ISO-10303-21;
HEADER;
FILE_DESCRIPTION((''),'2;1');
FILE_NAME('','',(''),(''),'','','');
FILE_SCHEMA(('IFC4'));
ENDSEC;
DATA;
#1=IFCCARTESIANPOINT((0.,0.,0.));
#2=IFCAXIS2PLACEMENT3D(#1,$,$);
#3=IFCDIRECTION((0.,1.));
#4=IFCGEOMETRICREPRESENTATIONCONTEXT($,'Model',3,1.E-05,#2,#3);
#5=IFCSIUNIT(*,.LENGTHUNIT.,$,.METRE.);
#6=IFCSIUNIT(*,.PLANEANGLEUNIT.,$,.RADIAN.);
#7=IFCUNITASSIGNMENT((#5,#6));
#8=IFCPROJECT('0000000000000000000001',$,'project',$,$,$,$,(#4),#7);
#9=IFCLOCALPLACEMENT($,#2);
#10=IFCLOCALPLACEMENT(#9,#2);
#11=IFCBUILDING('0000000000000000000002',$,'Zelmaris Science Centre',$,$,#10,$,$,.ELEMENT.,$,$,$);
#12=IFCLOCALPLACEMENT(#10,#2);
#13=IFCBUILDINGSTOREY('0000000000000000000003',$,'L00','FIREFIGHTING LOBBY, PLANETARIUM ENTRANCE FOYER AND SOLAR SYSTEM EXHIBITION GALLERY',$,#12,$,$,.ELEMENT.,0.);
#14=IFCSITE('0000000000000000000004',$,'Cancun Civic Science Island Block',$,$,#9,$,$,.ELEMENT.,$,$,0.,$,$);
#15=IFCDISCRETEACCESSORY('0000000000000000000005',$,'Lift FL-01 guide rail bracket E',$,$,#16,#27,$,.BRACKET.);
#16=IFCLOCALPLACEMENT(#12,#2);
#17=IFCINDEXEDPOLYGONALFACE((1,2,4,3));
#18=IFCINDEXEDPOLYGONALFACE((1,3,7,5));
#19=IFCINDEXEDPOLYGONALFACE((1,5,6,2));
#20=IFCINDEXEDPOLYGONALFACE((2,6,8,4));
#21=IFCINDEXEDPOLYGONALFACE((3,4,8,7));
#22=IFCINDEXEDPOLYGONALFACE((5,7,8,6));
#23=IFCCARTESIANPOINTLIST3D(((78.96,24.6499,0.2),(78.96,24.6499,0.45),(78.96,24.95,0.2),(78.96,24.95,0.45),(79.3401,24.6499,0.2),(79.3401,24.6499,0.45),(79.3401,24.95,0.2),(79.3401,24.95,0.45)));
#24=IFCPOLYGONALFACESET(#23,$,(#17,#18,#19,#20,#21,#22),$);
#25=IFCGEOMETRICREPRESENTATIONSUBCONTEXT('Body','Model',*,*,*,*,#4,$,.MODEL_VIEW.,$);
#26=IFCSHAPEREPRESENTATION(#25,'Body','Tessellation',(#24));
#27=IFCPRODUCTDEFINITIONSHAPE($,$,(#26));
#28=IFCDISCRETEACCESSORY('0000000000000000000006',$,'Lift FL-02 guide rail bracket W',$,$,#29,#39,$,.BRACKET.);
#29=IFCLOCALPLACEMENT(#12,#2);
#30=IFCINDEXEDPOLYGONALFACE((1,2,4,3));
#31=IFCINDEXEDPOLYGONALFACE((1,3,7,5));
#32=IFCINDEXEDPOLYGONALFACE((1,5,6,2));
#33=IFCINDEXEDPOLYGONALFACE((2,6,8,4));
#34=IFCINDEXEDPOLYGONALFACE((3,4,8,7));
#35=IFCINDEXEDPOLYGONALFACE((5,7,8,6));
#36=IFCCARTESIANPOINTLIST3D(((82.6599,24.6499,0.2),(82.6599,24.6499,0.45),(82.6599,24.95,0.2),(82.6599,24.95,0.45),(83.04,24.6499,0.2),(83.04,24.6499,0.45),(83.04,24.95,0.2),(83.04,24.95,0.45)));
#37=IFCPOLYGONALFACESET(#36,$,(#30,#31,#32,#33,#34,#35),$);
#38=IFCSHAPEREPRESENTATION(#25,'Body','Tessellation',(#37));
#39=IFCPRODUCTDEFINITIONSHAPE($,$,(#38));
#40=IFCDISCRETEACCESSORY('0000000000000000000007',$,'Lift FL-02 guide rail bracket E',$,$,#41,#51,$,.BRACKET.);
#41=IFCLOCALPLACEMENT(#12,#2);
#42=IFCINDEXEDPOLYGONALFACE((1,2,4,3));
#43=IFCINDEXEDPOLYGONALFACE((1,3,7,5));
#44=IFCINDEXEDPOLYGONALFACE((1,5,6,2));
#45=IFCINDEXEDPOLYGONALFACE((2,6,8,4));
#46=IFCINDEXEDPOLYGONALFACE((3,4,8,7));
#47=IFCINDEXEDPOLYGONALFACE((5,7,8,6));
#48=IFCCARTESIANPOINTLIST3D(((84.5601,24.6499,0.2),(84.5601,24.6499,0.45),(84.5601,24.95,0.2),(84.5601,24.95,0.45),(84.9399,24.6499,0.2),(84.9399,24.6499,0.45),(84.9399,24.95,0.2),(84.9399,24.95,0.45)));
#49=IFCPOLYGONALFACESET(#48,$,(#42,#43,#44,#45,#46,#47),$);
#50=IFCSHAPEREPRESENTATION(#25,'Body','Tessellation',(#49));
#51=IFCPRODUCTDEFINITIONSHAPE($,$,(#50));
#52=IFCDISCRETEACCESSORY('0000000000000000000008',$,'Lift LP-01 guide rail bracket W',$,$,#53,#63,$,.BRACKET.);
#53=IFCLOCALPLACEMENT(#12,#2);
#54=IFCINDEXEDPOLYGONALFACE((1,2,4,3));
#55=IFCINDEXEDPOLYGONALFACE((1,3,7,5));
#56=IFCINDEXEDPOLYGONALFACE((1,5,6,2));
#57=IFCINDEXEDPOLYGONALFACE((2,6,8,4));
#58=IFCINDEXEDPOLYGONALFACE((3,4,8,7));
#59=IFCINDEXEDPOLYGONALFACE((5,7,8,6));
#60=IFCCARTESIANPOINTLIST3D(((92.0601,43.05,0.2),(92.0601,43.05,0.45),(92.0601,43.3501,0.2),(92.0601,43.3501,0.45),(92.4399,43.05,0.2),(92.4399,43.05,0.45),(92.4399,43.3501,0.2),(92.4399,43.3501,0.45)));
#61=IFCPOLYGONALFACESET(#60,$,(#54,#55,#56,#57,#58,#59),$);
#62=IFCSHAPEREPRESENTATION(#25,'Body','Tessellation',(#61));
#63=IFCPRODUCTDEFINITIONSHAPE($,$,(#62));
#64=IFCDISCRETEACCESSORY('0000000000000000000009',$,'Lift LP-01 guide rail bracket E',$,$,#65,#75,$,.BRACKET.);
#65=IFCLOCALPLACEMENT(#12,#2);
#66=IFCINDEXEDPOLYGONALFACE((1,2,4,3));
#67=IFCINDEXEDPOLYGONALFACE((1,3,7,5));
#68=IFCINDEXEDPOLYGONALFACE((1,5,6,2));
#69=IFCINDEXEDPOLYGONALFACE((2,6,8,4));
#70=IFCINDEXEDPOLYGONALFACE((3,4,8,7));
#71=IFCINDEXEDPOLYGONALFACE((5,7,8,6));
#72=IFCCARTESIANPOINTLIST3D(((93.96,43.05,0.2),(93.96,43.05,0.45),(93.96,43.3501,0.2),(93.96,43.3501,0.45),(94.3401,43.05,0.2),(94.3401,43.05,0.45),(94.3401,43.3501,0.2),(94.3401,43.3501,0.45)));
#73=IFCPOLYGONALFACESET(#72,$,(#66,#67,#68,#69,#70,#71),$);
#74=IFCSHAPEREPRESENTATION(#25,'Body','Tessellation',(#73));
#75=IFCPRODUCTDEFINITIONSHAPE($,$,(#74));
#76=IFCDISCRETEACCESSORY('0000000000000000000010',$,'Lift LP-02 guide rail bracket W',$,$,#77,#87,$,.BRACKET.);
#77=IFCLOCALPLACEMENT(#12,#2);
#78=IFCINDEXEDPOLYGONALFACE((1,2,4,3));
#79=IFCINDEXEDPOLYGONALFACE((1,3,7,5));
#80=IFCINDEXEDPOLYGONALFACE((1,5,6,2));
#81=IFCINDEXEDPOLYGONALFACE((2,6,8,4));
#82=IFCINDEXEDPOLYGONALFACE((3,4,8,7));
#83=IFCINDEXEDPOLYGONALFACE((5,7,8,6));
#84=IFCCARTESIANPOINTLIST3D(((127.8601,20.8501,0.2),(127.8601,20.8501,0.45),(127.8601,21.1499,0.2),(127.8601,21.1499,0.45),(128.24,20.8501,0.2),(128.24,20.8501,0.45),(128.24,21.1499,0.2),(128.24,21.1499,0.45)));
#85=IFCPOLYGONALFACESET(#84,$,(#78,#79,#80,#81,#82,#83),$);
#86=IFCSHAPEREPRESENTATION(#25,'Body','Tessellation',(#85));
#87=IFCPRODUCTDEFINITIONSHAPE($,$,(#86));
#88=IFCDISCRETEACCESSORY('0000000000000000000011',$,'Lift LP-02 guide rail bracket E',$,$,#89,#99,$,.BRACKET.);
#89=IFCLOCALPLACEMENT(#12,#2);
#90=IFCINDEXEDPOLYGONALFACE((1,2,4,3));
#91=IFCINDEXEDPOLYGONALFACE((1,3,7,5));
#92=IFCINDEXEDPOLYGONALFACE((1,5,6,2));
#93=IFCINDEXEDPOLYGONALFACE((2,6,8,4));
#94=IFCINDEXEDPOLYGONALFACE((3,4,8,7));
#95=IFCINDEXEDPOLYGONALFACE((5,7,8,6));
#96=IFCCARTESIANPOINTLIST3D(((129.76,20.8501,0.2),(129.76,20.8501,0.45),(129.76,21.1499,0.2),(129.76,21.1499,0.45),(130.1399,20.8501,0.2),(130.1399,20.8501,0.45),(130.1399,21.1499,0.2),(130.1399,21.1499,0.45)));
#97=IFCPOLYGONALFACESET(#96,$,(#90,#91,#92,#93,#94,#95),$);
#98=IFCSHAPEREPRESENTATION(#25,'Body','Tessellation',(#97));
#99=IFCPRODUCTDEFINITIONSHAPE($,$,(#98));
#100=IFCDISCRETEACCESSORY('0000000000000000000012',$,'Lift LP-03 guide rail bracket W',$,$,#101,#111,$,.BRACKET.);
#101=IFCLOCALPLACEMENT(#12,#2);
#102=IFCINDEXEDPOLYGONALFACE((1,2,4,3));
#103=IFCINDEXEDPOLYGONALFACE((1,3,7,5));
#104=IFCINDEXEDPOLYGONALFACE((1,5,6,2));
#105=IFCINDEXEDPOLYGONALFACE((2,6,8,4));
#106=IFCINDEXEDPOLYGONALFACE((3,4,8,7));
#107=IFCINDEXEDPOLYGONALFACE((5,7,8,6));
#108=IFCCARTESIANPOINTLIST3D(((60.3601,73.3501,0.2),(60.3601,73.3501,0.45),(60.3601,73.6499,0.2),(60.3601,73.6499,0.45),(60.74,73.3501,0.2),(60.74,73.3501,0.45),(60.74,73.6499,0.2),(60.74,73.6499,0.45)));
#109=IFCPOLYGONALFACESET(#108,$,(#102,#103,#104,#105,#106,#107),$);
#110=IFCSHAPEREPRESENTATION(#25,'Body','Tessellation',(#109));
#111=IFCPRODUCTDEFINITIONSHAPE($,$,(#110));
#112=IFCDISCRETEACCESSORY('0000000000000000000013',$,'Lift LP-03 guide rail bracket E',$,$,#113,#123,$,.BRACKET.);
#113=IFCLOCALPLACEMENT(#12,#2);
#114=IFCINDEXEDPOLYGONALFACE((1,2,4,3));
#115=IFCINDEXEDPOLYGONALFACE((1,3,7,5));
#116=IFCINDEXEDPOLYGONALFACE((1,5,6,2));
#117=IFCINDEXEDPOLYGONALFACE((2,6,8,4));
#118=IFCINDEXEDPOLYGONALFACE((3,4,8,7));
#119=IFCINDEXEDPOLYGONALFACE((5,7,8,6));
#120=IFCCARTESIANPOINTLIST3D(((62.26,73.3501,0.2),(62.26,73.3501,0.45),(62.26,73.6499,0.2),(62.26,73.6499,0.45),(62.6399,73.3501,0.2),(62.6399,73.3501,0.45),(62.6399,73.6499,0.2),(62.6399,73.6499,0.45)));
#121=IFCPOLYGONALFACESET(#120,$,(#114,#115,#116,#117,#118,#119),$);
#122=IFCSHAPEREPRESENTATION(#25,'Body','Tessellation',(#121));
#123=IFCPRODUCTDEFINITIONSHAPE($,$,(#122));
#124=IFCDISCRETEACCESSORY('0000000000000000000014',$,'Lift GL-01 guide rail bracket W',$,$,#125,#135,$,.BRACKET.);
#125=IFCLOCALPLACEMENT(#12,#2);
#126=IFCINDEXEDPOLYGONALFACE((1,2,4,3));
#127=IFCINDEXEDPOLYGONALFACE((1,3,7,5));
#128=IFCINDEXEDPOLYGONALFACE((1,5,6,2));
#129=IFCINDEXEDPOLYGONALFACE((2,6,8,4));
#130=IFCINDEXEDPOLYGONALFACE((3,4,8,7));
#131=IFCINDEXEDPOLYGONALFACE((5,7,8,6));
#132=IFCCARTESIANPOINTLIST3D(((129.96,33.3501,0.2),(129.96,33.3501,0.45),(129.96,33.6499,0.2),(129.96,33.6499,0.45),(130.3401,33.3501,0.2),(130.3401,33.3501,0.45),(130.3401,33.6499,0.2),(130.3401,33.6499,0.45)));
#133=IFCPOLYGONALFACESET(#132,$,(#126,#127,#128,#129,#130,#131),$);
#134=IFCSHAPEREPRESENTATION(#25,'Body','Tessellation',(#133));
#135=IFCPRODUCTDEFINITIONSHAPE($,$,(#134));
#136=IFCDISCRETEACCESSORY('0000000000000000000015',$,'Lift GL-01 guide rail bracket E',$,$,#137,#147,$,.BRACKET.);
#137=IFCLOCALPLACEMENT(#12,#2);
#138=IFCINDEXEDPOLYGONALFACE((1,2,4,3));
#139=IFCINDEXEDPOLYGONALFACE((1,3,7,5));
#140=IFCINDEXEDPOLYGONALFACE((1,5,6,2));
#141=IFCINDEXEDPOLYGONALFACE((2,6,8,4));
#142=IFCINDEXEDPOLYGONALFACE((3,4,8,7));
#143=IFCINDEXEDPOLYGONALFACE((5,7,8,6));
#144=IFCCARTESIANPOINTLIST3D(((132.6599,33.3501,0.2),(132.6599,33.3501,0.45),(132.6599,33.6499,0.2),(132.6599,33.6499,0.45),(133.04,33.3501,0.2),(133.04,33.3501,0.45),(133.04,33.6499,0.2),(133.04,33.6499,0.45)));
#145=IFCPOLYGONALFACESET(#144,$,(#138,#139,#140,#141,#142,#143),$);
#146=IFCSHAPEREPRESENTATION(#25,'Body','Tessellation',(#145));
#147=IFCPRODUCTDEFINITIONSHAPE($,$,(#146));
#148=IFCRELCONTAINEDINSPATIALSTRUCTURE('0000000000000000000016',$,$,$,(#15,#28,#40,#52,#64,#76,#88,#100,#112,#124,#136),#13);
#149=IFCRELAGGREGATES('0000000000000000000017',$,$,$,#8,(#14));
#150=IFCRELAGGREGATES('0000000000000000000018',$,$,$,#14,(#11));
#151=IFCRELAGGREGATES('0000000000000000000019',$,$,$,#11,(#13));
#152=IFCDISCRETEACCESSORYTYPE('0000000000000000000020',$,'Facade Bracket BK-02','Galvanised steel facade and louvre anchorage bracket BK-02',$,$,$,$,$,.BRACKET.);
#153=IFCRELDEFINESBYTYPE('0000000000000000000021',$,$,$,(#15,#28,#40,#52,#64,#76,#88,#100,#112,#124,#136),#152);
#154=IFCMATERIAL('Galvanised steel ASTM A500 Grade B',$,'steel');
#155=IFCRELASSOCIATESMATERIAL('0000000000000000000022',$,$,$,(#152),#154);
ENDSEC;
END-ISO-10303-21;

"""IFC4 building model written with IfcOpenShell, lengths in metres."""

from ifc_helpers import new_model, si_unit, direction, frame, origin, place, context, subcontext, project, spatial, polyline, outline, extrude, material, type_object, element, save


model = new_model("IFC4")

# Units and contexts
model_context = context("Model", 3, precision=1e-05, world=origin(), true_north=direction((0.0, 1.0)))
body_context = subcontext(model_context, "Body", "Model", "MODEL_VIEW")
ifc_project = project(units=[si_unit("LENGTHUNIT", "METRE"), si_unit("PLANEANGLEUNIT", "RADIAN")], contexts=[model_context])

# Site, building, storey
site_placement = place(None, origin())
site = spatial("IfcSite", under=ifc_project, at=site_placement, Name="Cancun Civic Science Island Block", CompositionType="ELEMENT", RefElevation=0.0)
building_placement = place(site_placement, origin())
building = spatial("IfcBuilding", under=site, at=building_placement, Name="Zelmaris Science Centre", CompositionType="ELEMENT")
storey_placement = place(building_placement, origin())
storey = spatial("IfcBuildingStorey", under=building, at=storey_placement, Name="L00", Description="FIREFIGHTING LOBBY, PLANETARIUM ENTRANCE FOYER AND SOLAR SYSTEM EXHIBITION GALLERY", CompositionType="ELEMENT", Elevation=0.0)

# Discrete accessories
ifc_material_1 = material(Name="Galvanised steel ASTM A500 Grade B", Category="steel")
discrete_accessory_type = type_object("IfcDiscreteAccessoryType", Name="Facade Bracket BK-02", Description="Galvanised steel facade and louvre anchorage bracket BK-02", PredefinedType="BRACKET", material=ifc_material_1)
discrete_accessory_1_placement = place(storey_placement, frame((0.0, 0.0, 0.2)))
element("IfcDiscreteAccessory", 1, at=discrete_accessory_1_placement, inside=storey, type_object=discrete_accessory_type, Name="Lift FL-01 guide rail bracket E", PredefinedType="BRACKET", context=body_context, shape_type="SweptSolid", body=[
    extrude(outline(polyline([(78.96, 24.6499), (79.3401, 24.6499), (79.3401, 24.95), (78.96, 24.95), (78.96, 24.6499)])), origin(), (0.0, 0.0, 1.0), 0.25),
])
discrete_accessory_2_placement = place(storey_placement, frame((0.0, 0.0, 0.2)))
element("IfcDiscreteAccessory", 2, at=discrete_accessory_2_placement, inside=storey, type_object=discrete_accessory_type, Name="Lift FL-02 guide rail bracket W", PredefinedType="BRACKET", context=body_context, shape_type="SweptSolid", body=[
    extrude(outline(polyline([(82.6599, 24.6499), (83.04, 24.6499), (83.04, 24.95), (82.6599, 24.95), (82.6599, 24.6499)])), origin(), (0.0, 0.0, 1.0), 0.25),
])
discrete_accessory_3_placement = place(storey_placement, frame((0.0, 0.0, 0.2)))
element("IfcDiscreteAccessory", 3, at=discrete_accessory_3_placement, inside=storey, type_object=discrete_accessory_type, Name="Lift FL-02 guide rail bracket E", PredefinedType="BRACKET", context=body_context, shape_type="SweptSolid", body=[
    extrude(outline(polyline([(84.5601, 24.6499), (84.9399, 24.6499), (84.9399, 24.95), (84.5601, 24.95), (84.5601, 24.6499)])), origin(), (0.0, 0.0, 1.0), 0.25),
])
discrete_accessory_4_placement = place(storey_placement, frame((0.0, 0.0, 0.2)))
element("IfcDiscreteAccessory", 4, at=discrete_accessory_4_placement, inside=storey, type_object=discrete_accessory_type, Name="Lift LP-01 guide rail bracket W", PredefinedType="BRACKET", context=body_context, shape_type="SweptSolid", body=[
    extrude(outline(polyline([(92.0601, 43.05), (92.4399, 43.05), (92.4399, 43.3501), (92.0601, 43.3501), (92.0601, 43.05)])), origin(), (0.0, 0.0, 1.0), 0.25),
])
discrete_accessory_5_placement = place(storey_placement, frame((0.0, 0.0, 0.2)))
element("IfcDiscreteAccessory", 5, at=discrete_accessory_5_placement, inside=storey, type_object=discrete_accessory_type, Name="Lift LP-01 guide rail bracket E", PredefinedType="BRACKET", context=body_context, shape_type="SweptSolid", body=[
    extrude(outline(polyline([(93.96, 43.05), (94.3401, 43.05), (94.3401, 43.3501), (93.96, 43.3501), (93.96, 43.05)])), origin(), (0.0, 0.0, 1.0), 0.25),
])
discrete_accessory_6_placement = place(storey_placement, frame((0.0, 0.0, 0.2)))
element("IfcDiscreteAccessory", 6, at=discrete_accessory_6_placement, inside=storey, type_object=discrete_accessory_type, Name="Lift LP-02 guide rail bracket W", PredefinedType="BRACKET", context=body_context, shape_type="SweptSolid", body=[
    extrude(outline(polyline([(127.8601, 20.8501), (128.24, 20.8501), (128.24, 21.1499), (127.8601, 21.1499), (127.8601, 20.8501)])), origin(), (0.0, 0.0, 1.0), 0.25),
])
discrete_accessory_7_placement = place(storey_placement, frame((0.0, 0.0, 0.2)))
element("IfcDiscreteAccessory", 7, at=discrete_accessory_7_placement, inside=storey, type_object=discrete_accessory_type, Name="Lift LP-02 guide rail bracket E", PredefinedType="BRACKET", context=body_context, shape_type="SweptSolid", body=[
    extrude(outline(polyline([(129.76, 20.8501), (130.1399, 20.8501), (130.1399, 21.1499), (129.76, 21.1499), (129.76, 20.8501)])), origin(), (0.0, 0.0, 1.0), 0.25),
])
discrete_accessory_8_placement = place(storey_placement, frame((0.0, 0.0, 0.2)))
element("IfcDiscreteAccessory", 8, at=discrete_accessory_8_placement, inside=storey, type_object=discrete_accessory_type, Name="Lift LP-03 guide rail bracket W", PredefinedType="BRACKET", context=body_context, shape_type="SweptSolid", body=[
    extrude(outline(polyline([(60.3601, 73.3501), (60.74, 73.3501), (60.74, 73.6499), (60.3601, 73.6499), (60.3601, 73.3501)])), origin(), (0.0, 0.0, 1.0), 0.25),
])
discrete_accessory_9_placement = place(storey_placement, frame((0.0, 0.0, 0.2)))
element("IfcDiscreteAccessory", 9, at=discrete_accessory_9_placement, inside=storey, type_object=discrete_accessory_type, Name="Lift LP-03 guide rail bracket E", PredefinedType="BRACKET", context=body_context, shape_type="SweptSolid", body=[
    extrude(outline(polyline([(62.26, 73.3501), (62.6399, 73.3501), (62.6399, 73.6499), (62.26, 73.6499), (62.26, 73.3501)])), origin(), (0.0, 0.0, 1.0), 0.25),
])
discrete_accessory_10_placement = place(storey_placement, frame((0.0, 0.0, 0.2)))
element("IfcDiscreteAccessory", 10, at=discrete_accessory_10_placement, inside=storey, type_object=discrete_accessory_type, Name="Lift GL-01 guide rail bracket W", PredefinedType="BRACKET", context=body_context, shape_type="SweptSolid", body=[
    extrude(outline(polyline([(129.96, 33.3501), (130.3401, 33.3501), (130.3401, 33.6499), (129.96, 33.6499), (129.96, 33.3501)])), origin(), (0.0, 0.0, 1.0), 0.25),
])
discrete_accessory_11_placement = place(storey_placement, frame((0.0, 0.0, 0.2)))
element("IfcDiscreteAccessory", 11, at=discrete_accessory_11_placement, inside=storey, type_object=discrete_accessory_type, Name="Lift GL-01 guide rail bracket E", PredefinedType="BRACKET", context=body_context, shape_type="SweptSolid", body=[
    extrude(outline(polyline([(132.6599, 33.3501), (133.04, 33.3501), (133.04, 33.6499), (132.6599, 33.6499), (132.6599, 33.3501)])), origin(), (0.0, 0.0, 1.0), 0.25),
])

save(model, "model.ifc")
